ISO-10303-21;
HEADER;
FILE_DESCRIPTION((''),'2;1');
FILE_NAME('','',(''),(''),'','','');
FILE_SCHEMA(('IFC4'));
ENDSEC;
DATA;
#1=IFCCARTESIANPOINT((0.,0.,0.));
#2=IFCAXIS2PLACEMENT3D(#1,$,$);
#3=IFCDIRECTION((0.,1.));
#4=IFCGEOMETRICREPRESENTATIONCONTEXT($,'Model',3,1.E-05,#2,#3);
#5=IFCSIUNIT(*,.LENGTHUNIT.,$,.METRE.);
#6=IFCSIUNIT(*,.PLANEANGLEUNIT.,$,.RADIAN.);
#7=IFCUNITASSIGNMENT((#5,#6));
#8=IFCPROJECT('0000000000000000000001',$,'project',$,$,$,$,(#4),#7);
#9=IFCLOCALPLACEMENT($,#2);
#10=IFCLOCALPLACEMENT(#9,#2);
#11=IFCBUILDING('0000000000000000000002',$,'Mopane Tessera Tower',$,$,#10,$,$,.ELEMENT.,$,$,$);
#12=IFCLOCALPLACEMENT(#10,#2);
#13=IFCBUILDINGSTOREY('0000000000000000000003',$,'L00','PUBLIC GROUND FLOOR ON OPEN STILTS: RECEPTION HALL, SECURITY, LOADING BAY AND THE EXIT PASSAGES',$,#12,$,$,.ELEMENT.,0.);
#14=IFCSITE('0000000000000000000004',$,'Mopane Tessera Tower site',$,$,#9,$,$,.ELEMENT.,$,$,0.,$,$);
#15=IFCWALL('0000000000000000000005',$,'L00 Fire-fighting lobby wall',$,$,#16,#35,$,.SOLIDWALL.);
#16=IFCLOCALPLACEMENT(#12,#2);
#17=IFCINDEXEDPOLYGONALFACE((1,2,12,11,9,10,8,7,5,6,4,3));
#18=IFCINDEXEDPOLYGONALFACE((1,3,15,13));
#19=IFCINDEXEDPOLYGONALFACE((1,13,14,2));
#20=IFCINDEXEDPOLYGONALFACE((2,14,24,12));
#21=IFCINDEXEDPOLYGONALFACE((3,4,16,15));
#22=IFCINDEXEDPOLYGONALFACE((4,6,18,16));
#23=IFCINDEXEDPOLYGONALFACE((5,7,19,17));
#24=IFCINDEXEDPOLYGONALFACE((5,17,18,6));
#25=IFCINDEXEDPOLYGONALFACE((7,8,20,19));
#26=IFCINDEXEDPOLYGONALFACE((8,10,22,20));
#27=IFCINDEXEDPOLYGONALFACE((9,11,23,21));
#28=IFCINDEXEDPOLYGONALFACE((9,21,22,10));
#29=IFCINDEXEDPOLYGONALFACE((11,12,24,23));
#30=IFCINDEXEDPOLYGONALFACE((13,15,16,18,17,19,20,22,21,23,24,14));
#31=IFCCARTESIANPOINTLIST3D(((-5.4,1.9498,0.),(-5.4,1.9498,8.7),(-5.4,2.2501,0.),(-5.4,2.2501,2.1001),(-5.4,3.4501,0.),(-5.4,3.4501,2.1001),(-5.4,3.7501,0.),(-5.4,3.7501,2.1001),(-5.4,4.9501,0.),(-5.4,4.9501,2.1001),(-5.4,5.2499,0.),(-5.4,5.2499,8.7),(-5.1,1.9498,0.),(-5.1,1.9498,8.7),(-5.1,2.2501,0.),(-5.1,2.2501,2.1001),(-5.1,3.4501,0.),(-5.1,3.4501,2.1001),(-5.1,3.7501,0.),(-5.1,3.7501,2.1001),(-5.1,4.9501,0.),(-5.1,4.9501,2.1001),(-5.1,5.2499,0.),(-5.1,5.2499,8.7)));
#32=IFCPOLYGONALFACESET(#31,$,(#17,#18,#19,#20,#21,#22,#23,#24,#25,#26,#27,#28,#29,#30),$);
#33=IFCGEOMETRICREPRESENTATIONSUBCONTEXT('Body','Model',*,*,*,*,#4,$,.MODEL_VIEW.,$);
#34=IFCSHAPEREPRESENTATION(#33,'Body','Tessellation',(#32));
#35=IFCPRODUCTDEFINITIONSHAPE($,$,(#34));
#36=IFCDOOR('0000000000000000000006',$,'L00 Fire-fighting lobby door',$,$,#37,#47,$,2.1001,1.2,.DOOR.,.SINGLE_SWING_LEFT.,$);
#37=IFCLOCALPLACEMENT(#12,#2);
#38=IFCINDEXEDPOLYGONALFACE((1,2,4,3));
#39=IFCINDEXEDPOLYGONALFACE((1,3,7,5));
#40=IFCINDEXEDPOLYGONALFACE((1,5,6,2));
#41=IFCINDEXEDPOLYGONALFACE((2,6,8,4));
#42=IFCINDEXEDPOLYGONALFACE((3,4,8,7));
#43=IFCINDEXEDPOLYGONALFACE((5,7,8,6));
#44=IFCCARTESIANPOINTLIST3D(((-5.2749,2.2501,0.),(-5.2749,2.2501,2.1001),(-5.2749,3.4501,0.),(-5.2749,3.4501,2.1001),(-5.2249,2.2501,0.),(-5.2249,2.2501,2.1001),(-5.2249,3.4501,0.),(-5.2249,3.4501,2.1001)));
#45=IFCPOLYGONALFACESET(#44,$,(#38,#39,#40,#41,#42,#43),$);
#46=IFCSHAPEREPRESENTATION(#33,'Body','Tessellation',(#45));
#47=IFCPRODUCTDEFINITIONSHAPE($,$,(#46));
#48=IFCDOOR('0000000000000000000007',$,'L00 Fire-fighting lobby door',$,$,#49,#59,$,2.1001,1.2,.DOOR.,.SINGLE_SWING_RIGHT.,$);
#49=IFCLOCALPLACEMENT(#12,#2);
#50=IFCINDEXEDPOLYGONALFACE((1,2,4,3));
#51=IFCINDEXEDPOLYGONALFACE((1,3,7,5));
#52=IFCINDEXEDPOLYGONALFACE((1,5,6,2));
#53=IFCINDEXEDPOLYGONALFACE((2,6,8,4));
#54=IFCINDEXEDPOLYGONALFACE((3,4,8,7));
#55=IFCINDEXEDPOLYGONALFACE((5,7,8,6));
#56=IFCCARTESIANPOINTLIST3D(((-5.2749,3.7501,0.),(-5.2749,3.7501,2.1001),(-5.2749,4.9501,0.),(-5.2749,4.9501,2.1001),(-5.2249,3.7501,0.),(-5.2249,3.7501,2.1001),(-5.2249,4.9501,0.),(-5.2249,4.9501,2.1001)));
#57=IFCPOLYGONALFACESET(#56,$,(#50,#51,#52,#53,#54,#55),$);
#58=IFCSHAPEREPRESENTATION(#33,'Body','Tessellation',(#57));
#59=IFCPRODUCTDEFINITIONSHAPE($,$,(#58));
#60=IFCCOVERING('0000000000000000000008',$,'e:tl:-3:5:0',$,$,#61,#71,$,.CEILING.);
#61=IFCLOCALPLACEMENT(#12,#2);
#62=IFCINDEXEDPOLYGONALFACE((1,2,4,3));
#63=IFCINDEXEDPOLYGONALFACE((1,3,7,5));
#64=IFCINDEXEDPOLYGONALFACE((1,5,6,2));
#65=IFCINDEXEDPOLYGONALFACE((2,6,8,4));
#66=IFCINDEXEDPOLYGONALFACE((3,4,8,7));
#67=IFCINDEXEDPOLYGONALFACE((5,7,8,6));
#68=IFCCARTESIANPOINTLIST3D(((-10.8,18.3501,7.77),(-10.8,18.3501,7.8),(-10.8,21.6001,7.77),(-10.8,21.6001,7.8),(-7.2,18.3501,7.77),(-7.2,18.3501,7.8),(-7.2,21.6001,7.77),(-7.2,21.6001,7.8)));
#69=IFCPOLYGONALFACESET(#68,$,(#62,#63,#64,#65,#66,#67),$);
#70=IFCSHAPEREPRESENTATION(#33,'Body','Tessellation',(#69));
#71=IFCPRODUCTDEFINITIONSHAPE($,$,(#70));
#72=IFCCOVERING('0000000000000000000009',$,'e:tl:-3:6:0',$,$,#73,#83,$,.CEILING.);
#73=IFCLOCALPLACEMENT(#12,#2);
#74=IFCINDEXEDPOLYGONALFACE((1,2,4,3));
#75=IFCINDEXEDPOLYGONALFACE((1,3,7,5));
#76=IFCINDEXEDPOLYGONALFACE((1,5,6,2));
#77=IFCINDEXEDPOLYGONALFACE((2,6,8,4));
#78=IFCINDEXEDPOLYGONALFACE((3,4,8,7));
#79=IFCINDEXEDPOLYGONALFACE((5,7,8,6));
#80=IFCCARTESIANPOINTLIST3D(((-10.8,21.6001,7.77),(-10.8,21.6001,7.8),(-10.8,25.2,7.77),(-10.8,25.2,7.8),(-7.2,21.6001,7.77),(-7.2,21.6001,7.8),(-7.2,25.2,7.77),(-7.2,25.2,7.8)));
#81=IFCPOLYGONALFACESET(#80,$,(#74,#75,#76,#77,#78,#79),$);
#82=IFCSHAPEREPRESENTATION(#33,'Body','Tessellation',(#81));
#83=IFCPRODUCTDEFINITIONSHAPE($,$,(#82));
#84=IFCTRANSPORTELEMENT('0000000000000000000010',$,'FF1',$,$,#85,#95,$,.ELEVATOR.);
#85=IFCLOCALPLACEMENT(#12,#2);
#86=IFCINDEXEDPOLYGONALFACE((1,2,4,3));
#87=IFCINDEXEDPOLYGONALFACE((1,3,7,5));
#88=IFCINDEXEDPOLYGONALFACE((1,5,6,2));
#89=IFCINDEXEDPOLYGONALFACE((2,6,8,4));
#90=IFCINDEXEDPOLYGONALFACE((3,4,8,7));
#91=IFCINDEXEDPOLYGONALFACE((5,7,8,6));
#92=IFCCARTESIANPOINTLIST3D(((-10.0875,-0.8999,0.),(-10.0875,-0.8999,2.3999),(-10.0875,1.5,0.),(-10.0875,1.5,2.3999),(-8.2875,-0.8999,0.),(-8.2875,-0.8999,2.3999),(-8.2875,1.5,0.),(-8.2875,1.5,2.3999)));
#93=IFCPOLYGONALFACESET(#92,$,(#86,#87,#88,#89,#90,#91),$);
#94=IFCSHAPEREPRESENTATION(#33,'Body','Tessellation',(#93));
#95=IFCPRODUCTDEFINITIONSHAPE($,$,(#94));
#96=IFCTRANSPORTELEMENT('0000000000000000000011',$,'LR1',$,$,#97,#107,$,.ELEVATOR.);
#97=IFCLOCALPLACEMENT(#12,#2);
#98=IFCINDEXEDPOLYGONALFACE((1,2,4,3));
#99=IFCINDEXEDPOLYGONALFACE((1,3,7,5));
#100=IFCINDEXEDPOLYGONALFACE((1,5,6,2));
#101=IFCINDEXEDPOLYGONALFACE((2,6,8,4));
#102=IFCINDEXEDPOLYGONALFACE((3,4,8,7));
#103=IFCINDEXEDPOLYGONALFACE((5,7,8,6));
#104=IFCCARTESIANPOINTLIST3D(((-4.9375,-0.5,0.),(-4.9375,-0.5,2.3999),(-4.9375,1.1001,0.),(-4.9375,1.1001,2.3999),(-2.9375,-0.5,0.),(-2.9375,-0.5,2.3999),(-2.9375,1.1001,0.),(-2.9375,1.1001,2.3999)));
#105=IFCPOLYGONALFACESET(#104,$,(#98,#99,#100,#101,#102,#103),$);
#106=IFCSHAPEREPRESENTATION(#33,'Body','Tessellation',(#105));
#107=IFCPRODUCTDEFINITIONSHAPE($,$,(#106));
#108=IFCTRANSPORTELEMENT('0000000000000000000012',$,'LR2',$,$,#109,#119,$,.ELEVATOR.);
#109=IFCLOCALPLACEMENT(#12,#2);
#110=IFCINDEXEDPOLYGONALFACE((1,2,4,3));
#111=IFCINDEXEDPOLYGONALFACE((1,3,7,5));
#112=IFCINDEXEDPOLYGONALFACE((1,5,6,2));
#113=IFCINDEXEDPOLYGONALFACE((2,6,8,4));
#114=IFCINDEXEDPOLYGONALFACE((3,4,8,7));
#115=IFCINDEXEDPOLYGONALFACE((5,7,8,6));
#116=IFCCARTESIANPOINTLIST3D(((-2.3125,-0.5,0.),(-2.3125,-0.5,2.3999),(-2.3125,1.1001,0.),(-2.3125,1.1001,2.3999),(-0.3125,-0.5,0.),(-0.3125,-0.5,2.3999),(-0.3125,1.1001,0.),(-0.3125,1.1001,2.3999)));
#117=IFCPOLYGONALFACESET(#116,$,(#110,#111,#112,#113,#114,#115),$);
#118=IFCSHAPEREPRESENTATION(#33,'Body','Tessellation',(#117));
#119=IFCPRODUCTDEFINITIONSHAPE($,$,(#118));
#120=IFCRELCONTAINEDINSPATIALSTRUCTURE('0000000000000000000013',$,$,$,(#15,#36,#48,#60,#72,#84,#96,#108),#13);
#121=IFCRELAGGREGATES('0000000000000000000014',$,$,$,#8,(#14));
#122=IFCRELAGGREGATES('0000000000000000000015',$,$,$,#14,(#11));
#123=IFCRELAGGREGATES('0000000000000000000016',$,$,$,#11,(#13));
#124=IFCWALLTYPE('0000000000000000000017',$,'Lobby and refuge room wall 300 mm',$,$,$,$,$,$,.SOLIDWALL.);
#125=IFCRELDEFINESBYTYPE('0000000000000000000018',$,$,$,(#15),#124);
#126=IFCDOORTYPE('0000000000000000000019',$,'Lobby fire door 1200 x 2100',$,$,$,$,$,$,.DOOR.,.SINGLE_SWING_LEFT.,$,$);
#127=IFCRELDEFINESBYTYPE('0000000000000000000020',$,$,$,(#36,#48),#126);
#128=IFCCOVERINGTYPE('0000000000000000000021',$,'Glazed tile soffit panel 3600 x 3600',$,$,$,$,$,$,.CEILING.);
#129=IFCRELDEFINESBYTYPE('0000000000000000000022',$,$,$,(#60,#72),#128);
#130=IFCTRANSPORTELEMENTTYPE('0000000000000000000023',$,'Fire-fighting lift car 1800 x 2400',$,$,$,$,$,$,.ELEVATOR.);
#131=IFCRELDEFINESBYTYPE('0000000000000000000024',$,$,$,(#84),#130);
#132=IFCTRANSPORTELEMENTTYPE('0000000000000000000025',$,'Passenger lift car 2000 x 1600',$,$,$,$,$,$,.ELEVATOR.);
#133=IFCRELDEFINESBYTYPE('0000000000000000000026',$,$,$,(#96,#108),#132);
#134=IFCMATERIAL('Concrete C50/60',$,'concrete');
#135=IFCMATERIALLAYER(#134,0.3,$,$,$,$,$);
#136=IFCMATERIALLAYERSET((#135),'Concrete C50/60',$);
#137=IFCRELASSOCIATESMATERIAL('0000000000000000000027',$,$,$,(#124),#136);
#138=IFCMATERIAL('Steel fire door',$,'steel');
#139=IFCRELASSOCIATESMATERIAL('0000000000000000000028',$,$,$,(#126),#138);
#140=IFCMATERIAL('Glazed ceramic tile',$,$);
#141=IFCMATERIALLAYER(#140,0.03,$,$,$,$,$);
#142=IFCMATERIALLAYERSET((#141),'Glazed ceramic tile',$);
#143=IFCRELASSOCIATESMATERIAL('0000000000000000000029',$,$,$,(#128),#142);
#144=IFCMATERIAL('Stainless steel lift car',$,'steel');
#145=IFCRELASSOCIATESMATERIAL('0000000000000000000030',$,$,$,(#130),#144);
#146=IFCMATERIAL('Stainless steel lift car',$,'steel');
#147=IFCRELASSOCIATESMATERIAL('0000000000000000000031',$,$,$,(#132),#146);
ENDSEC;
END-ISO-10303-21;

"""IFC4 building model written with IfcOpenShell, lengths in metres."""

from ifc_helpers import new_model, si_unit, direction, frame, frame_2d, origin, origin_2d, place, context, subcontext, project, spatial, polyline, rectangle, outline, extrude, material, layer, layer_set, type_object, element, fill, save


model = new_model("IFC4")

# Units and contexts
model_context = context("Model", 3, precision=1e-05, world=origin(), true_north=direction((0.0, 1.0)))
body_context = subcontext(model_context, "Body", "Model", "MODEL_VIEW")
ifc_project = project(units=[si_unit("LENGTHUNIT", "METRE"), si_unit("PLANEANGLEUNIT", "RADIAN")], contexts=[model_context])

# Site, building, storey
site_placement = place(None, origin())
site = spatial("IfcSite", under=ifc_project, at=site_placement, Name="Mopane Tessera Tower site", CompositionType="ELEMENT", RefElevation=0.0)
building_placement = place(site_placement, origin())
building = spatial("IfcBuilding", under=site, at=building_placement, Name="Mopane Tessera Tower", CompositionType="ELEMENT")
storey_placement = place(building_placement, origin())
storey = spatial("IfcBuildingStorey", under=building, at=storey_placement, Name="L00", Description="PUBLIC GROUND FLOOR ON OPEN STILTS: RECEPTION HALL, SECURITY, LOADING BAY AND THE EXIT PASSAGES", CompositionType="ELEMENT", Elevation=0.0)

# Wall, openings, doors
ifc_material_1 = material(Name="Concrete C50/60", Category="concrete")
ifc_layer_1 = layer(ifc_material_1, 0.3)
ifc_layer_set_1 = layer_set([ifc_layer_1], Name="Concrete C50/60")
wall_type_1 = type_object("IfcWallType", Name="Lobby and refuge room wall 300 mm", PredefinedType="SOLIDWALL", material=ifc_layer_set_1)
wall_1_placement = place(storey_placement, frame((-5.25, 1.95, 0.0), z_axis=(0.0, 0.0, 1.0), x_axis=(0.0, 1.0, 0.0)))
wall_1 = element("IfcWall", 1, at=wall_1_placement, inside=storey, type_object=wall_type_1, Name="L00 Fire-fighting lobby wall", PredefinedType="SOLIDWALL", context=body_context, shape_type="SweptSolid", body=[
    extrude(rectangle(XDim=3.3, YDim=0.3, at=frame_2d((1.6499, 0.0))), origin(), (0.0, 0.0, 1.0), 8.7),
])
opening_1_placement = place(wall_1_placement, frame((0.3, 0.0, 0.0)))
opening_1 = element("IfcOpeningElement", 2, at=opening_1_placement, cuts=wall_1, PredefinedType="OPENING", context=body_context, shape_type="SweptSolid", body=[
    extrude(rectangle(XDim=1.2, YDim=2.1001, at=frame_2d((0.6001, 1.05))), frame((0.0, 0.1621, 0.0), z_axis=(0.0, -1.0, 0.0), x_axis=(1.0, 0.0, 0.0)), (0.0, 0.0, 1.0), 0.324),
])
opening_2_placement = place(wall_1_placement, frame((1.8, 0.0, 0.0)))
opening_2 = element("IfcOpeningElement", 3, at=opening_2_placement, cuts=wall_1, PredefinedType="OPENING", context=body_context, shape_type="SweptSolid", body=[
    extrude(rectangle(XDim=1.2, YDim=2.1001, at=frame_2d((0.6001, 1.05))), frame((0.0, 0.1621, 0.0), z_axis=(0.0, -1.0, 0.0), x_axis=(1.0, 0.0, 0.0)), (0.0, 0.0, 1.0), 0.324),
])
ifc_material_2 = material(Name="Steel fire door", Category="steel")
door_type_1 = type_object("IfcDoorType", Name="Lobby fire door 1200 x 2100", OperationType="SINGLE_SWING_LEFT", PredefinedType="DOOR", material=ifc_material_2)
door_1_placement = place(opening_1_placement, origin())
door_1 = element("IfcDoor", 4, at=door_1_placement, inside=storey, type_object=door_type_1, Name="L00 Fire-fighting lobby door", OperationType="SINGLE_SWING_LEFT", OverallHeight=2.1001, OverallWidth=1.2, PredefinedType="DOOR", context=body_context, shape_type="SweptSolid", body=[
    extrude(rectangle(XDim=1.2, YDim=2.1001, at=frame_2d((0.6001, 1.05))), frame((0.0, 0.0249, 0.0), z_axis=(0.0, -1.0, 0.0), x_axis=(1.0, 0.0, 0.0)), (0.0, 0.0, 1.0), 0.05),
])
fill(opening_1, door_1)
door_2_placement = place(opening_2_placement, origin())
door_2 = element("IfcDoor", 5, at=door_2_placement, inside=storey, type_object=door_type_1, Name="L00 Fire-fighting lobby door", OperationType="SINGLE_SWING_RIGHT", OverallHeight=2.1001, OverallWidth=1.2, PredefinedType="DOOR", context=body_context, shape_type="SweptSolid", body=[
    extrude(rectangle(XDim=1.2, YDim=2.1001, at=frame_2d((0.6001, 1.05))), frame((0.0, 0.0249, 0.0), z_axis=(0.0, -1.0, 0.0), x_axis=(1.0, 0.0, 0.0)), (0.0, 0.0, 1.0), 0.05),
])
fill(opening_2, door_2)

# Coverings
ifc_material_3 = material(Name="Glazed ceramic tile")
ifc_layer_2 = layer(ifc_material_3, 0.03)
ifc_layer_set_2 = layer_set([ifc_layer_2], Name="Glazed ceramic tile")
covering_type = type_object("IfcCoveringType", Name="Glazed tile soffit panel 3600 x 3600", PredefinedType="CEILING", material=ifc_layer_set_2)
covering_1_placement = place(storey_placement, frame((0.0, 0.0, 7.77)))
element("IfcCovering", 6, at=covering_1_placement, inside=storey, type_object=covering_type, Name="e:tl:-3:5:0", PredefinedType="CEILING", context=body_context, shape_type="SweptSolid", body=[
    extrude(outline(polyline([(-10.8, 18.3501), (-10.8, 21.6001), (-7.2, 21.6001), (-7.2, 18.3501), (-10.8, 18.3501)])), origin(), (0.0, 0.0, 1.0), 0.03),
])
covering_2_placement = place(storey_placement, frame((0.0, 0.0, 7.77)))
element("IfcCovering", 7, at=covering_2_placement, inside=storey, type_object=covering_type, Name="e:tl:-3:6:0", PredefinedType="CEILING", context=body_context, shape_type="SweptSolid", body=[
    extrude(outline(polyline([(-10.8, 21.6001), (-10.8, 25.2), (-7.2, 25.2), (-7.2, 21.6001), (-10.8, 21.6001)])), origin(), (0.0, 0.0, 1.0), 0.03),
])

# Transport elements
ifc_material_4 = material(Name="Stainless steel lift car", Category="steel")
transport_element_type_1 = type_object("IfcTransportElementType", Name="Fire-fighting lift car 1800 x 2400", PredefinedType="ELEVATOR", material=ifc_material_4)
transport_element_placement = place(storey_placement, frame((-9.1875, 0.3, 0.0), z_axis=(0.0, 0.0, 1.0), x_axis=(1.0, 0.0, 0.0)))
element("IfcTransportElement", 8, at=transport_element_placement, inside=storey, type_object=transport_element_type_1, Name="FF1", PredefinedType="ELEVATOR", context=body_context, shape_type="SweptSolid", body=[
    extrude(rectangle(XDim=1.8, YDim=2.3999, at=origin_2d()), origin(), (0.0, 0.0, 1.0), 2.3999),
])
ifc_material_5 = material(Name="Stainless steel lift car", Category="steel")
transport_element_type_2 = type_object("IfcTransportElementType", Name="Passenger lift car 2000 x 1600", PredefinedType="ELEVATOR", material=ifc_material_5)
for number, where, z_axis, x_axis, name in (
    (9, (-3.9375, 0.3, 0.0), (0.0, 0.0, 1.0), (1.0, 0.0, 0.0), "LR1"),
    (10, (-1.3125, 0.3, 0.0), (0.0, 0.0, 1.0), (1.0, 0.0, 0.0), "LR2"),
):
    element("IfcTransportElement", number, at=place(storey_placement, frame(where, z_axis=z_axis, x_axis=x_axis)), inside=storey, type_object=transport_element_type_2, Name=name, PredefinedType="ELEVATOR", context=body_context, shape_type="SweptSolid", body=[
        extrude(rectangle(XDim=2.0, YDim=1.6001, at=origin_2d()), origin(), (0.0, 0.0, 1.0), 2.3999),
    ])

save(model, "model.ifc")
